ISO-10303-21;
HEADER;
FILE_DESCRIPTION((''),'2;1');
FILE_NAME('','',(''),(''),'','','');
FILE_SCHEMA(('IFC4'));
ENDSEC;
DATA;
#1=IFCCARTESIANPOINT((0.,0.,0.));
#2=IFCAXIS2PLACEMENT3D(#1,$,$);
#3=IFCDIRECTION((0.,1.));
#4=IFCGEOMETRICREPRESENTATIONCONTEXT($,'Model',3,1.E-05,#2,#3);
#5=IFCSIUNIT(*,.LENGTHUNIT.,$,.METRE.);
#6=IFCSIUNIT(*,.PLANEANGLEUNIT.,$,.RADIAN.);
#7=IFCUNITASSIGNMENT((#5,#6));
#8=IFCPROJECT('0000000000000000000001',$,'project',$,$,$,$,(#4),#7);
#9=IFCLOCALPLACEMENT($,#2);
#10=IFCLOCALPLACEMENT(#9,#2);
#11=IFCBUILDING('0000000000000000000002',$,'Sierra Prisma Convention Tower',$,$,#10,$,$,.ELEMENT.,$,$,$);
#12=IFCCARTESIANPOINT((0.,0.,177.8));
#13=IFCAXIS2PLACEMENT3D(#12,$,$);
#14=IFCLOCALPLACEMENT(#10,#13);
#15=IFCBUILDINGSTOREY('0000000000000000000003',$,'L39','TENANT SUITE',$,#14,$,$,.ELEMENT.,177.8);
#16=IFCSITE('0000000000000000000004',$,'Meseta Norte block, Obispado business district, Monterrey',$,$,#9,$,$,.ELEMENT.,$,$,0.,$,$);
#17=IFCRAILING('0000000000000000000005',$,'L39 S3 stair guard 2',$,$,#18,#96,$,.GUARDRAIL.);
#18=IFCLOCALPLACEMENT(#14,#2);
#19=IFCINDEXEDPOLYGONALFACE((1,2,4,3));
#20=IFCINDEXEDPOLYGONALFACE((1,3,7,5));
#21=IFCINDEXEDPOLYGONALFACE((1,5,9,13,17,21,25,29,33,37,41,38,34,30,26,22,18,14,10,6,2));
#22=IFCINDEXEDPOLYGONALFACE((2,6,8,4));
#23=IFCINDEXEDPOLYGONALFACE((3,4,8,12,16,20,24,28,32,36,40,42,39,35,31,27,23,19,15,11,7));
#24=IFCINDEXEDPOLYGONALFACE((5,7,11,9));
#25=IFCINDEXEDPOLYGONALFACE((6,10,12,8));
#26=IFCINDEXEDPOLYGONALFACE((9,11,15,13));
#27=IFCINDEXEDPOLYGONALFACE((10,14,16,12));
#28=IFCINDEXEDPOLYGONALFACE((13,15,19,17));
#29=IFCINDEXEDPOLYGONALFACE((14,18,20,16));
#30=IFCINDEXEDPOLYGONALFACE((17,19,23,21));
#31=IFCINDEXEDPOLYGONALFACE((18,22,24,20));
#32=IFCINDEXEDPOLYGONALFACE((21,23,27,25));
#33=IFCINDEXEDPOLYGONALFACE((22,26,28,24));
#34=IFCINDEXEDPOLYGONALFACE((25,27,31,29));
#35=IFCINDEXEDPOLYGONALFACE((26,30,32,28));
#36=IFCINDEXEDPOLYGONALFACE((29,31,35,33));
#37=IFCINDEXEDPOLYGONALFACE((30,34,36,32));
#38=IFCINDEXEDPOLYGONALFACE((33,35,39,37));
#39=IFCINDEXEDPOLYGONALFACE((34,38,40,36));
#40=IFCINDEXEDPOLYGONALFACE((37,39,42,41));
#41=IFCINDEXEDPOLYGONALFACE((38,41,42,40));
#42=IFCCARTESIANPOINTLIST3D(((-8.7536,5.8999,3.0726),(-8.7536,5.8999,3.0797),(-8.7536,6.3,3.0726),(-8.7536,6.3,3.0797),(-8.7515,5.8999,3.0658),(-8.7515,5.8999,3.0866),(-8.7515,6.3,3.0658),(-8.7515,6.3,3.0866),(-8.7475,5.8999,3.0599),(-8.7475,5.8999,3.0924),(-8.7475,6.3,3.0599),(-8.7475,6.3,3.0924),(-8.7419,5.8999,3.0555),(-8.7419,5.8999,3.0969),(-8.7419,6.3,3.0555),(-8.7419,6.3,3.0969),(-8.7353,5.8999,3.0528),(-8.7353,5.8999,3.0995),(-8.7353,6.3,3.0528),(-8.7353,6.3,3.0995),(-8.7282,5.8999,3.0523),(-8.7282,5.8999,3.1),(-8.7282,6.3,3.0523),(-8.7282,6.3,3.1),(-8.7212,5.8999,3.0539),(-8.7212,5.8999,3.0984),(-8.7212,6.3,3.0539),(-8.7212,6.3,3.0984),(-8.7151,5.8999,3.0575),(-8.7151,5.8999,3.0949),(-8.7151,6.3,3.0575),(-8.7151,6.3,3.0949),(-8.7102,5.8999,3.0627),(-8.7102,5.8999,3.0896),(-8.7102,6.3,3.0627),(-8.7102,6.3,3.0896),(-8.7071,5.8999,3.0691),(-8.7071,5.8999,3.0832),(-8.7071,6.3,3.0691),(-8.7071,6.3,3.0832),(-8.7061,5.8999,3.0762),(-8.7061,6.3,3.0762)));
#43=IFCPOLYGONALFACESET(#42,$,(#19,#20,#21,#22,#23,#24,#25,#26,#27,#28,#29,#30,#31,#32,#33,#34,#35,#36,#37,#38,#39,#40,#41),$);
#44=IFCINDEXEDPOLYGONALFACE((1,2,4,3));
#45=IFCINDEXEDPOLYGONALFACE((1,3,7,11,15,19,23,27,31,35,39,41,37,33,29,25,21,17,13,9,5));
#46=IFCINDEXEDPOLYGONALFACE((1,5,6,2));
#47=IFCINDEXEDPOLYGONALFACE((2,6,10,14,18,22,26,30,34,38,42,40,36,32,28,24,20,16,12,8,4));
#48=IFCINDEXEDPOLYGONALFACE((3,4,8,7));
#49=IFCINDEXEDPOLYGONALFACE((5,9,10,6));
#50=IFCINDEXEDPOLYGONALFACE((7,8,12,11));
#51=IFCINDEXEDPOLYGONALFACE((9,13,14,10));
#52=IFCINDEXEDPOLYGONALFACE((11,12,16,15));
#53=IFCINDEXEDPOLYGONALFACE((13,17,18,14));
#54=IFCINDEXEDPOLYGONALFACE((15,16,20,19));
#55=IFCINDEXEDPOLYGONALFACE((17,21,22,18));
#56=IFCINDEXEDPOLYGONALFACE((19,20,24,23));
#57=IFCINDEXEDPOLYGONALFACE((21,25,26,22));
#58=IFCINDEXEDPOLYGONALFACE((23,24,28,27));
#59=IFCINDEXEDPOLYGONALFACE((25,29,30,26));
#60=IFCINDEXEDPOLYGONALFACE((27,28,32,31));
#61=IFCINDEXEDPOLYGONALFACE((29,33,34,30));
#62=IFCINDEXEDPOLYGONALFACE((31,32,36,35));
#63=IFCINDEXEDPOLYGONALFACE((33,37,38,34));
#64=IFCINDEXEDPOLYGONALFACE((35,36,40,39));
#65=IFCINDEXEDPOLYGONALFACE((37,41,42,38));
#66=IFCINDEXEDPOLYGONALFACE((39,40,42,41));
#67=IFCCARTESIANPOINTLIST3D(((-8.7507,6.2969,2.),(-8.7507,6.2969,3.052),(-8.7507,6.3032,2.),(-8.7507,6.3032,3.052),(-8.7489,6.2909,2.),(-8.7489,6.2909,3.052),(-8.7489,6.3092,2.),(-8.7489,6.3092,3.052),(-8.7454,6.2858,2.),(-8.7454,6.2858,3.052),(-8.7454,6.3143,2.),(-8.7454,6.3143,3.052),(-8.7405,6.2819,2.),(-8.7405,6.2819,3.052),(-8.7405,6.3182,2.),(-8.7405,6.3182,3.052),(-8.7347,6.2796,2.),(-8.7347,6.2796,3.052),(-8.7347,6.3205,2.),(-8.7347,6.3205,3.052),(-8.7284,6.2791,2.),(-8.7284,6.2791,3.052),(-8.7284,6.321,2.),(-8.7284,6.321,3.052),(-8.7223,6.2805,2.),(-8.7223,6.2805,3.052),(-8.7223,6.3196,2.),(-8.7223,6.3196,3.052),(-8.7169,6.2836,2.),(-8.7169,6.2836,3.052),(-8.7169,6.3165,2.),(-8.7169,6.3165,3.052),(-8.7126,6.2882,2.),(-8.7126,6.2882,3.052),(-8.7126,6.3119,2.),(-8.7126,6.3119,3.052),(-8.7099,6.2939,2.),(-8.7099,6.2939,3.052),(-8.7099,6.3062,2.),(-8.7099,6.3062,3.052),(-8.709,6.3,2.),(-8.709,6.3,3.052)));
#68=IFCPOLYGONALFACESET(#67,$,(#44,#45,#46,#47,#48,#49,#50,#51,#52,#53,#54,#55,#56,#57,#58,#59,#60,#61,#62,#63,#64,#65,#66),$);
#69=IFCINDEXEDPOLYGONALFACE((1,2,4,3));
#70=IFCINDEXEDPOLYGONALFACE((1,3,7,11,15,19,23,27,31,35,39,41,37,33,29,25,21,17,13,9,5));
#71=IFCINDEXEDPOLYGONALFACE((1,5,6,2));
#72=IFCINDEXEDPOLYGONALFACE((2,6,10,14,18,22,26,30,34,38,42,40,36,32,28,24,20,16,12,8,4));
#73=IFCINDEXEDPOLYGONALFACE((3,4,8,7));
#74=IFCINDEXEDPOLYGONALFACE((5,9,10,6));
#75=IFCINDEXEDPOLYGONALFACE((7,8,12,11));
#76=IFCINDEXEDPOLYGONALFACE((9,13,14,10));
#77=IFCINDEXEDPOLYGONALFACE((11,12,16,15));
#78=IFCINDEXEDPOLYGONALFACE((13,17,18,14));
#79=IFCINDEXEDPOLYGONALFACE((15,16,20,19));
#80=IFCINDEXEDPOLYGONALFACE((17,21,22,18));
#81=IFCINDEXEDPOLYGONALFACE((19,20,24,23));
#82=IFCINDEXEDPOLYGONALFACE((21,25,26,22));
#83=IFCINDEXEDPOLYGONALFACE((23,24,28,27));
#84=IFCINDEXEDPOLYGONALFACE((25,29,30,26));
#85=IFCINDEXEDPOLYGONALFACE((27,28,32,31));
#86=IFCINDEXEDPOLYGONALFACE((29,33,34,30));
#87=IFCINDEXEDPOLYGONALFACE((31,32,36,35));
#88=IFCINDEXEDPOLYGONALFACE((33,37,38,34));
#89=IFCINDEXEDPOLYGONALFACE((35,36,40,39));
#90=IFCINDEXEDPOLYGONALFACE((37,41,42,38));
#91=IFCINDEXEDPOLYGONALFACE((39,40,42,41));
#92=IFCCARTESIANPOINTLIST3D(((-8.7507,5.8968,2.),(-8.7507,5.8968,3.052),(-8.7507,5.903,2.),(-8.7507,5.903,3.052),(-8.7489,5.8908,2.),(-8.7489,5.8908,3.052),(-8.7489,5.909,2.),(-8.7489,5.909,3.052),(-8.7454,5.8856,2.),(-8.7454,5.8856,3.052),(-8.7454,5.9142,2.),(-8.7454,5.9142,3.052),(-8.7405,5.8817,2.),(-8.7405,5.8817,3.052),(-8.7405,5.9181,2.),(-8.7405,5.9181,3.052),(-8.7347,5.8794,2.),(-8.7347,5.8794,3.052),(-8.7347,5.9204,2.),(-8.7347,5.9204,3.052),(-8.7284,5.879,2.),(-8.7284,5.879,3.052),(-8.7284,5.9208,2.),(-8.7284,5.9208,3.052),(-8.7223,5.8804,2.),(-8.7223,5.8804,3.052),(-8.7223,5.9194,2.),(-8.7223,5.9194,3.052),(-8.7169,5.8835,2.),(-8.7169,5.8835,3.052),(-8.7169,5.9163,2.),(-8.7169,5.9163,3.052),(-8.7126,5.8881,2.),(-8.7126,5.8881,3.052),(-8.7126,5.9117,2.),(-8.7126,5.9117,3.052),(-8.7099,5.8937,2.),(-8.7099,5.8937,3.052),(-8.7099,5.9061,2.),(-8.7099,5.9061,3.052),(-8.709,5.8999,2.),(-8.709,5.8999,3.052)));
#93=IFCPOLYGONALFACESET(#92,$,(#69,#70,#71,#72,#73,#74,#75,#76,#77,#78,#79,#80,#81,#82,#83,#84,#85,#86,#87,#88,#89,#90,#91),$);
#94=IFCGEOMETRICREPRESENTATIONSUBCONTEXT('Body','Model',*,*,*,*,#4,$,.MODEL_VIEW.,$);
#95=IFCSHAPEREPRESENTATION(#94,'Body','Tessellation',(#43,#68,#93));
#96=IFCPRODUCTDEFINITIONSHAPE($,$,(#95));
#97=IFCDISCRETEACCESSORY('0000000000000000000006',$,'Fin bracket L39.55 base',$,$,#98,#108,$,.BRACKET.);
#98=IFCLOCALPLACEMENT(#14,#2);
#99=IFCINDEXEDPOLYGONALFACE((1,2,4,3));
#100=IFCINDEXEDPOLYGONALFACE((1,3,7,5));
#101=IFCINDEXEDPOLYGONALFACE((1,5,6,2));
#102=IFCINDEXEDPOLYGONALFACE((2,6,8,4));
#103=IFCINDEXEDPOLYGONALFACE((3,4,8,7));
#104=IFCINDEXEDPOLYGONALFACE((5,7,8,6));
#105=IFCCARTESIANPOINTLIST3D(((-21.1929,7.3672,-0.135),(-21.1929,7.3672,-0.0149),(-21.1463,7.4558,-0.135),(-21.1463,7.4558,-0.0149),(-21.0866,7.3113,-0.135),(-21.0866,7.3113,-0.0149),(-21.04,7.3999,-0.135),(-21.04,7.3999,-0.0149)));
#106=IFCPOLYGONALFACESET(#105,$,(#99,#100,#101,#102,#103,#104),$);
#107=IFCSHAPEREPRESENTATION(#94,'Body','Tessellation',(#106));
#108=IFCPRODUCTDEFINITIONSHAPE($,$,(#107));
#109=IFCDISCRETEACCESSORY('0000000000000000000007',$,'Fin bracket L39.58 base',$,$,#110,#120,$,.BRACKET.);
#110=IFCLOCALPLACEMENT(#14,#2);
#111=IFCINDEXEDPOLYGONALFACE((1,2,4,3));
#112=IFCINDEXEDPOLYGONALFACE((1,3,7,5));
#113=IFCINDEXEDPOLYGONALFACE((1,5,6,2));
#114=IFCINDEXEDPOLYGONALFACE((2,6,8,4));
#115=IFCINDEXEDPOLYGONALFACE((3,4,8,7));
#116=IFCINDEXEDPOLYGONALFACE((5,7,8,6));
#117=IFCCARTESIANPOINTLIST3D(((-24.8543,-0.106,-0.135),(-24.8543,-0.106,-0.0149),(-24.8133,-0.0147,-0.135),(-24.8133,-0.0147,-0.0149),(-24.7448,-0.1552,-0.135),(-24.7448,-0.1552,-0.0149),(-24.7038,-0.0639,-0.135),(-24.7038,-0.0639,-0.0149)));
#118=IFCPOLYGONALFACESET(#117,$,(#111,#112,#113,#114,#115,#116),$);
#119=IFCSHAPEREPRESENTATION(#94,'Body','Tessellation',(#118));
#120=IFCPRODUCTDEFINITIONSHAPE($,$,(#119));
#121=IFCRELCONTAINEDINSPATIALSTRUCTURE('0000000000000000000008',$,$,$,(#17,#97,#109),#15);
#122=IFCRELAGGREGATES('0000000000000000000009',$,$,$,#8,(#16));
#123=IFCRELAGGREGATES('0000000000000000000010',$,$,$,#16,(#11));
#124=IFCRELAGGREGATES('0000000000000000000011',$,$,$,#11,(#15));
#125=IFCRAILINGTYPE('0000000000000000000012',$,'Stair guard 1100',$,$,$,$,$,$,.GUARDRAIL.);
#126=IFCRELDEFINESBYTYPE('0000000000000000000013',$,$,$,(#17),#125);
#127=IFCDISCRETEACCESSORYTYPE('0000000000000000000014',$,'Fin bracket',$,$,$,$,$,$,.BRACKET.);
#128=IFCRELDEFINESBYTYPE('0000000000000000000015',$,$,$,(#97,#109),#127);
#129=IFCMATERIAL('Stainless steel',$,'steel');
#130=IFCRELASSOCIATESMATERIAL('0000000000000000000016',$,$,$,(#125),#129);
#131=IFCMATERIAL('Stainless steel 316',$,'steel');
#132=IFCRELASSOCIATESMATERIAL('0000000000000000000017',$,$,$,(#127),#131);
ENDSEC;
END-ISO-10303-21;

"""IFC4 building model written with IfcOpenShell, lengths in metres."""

from ifc_helpers import new_model, si_unit, direction, frame, origin, origin_2d, place, context, subcontext, project, spatial, rectangle, circle, extrude, material, type_object, element, save


model = new_model("IFC4")

# Units and contexts
model_context = context("Model", 3, precision=1e-05, world=origin(), true_north=direction((0.0, 1.0)))
body_context = subcontext(model_context, "Body", "Model", "MODEL_VIEW")
ifc_project = project(units=[si_unit("LENGTHUNIT", "METRE"), si_unit("PLANEANGLEUNIT", "RADIAN")], contexts=[model_context])

# Site, building, storey
site_placement = place(None, origin())
site = spatial("IfcSite", under=ifc_project, at=site_placement, Name="Meseta Norte block, Obispado business district, Monterrey", CompositionType="ELEMENT", RefElevation=0.0)
building_placement = place(site_placement, origin())
building = spatial("IfcBuilding", under=site, at=building_placement, Name="Sierra Prisma Convention Tower", CompositionType="ELEMENT")
storey_placement = place(building_placement, frame((0.0, 0.0, 177.8)))
storey = spatial("IfcBuildingStorey", under=building, at=storey_placement, Name="L39", Description="TENANT SUITE", CompositionType="ELEMENT", Elevation=177.8)

# Railing
ifc_material_1 = material(Name="Stainless steel", Category="steel")
railing_type_1 = type_object("IfcRailingType", Name="Stair guard 1100", PredefinedType="GUARDRAIL", material=ifc_material_1)
railing_1_placement = place(storey_placement, frame((-8.73, 6.3, 2.0)))
element("IfcRailing", 1, at=railing_1_placement, inside=storey, type_object=railing_type_1, Name="L39 S3 stair guard 2", PredefinedType="GUARDRAIL", context=body_context, shape_type="SweptSolid", body=[
    extrude(circle(Radius=0.0239, at=origin_2d()), frame((0.0, 0.0, 1.0762), z_axis=(0.0, -1.0, 0.0), x_axis=(1.0, 0.0, 0.0)), (0.0, 0.0, 1.0), 0.4001),
    extrude(circle(Radius=0.021, at=origin_2d()), origin(), (0.0, 0.0, 1.0), 1.052),
    extrude(circle(Radius=0.021, at=origin_2d()), frame((0.0, -0.4001, 0.0)), (0.0, 0.0, 1.0), 1.052),
])

# Discrete accessories
ifc_material_2 = material(Name="Stainless steel 316", Category="steel")
discrete_accessory_type = type_object("IfcDiscreteAccessoryType", Name="Fin bracket", PredefinedType="BRACKET", material=ifc_material_2)
for number, where, z_axis, x_axis, name in (
    (2, (-21.1165, 7.3835, -0.135), (0.0, 0.0, 1.0), (-0.884847, 0.465882, 0.0), "Fin bracket L39.55 base"),
    (3, (-24.7791, -0.085, -0.135), (0.0, 0.0, 1.0), (-0.912156, 0.409843, 0.0), "Fin bracket L39.58 base"),
):
    element("IfcDiscreteAccessory", number, at=place(storey_placement, frame(where, z_axis=z_axis, x_axis=x_axis)), inside=storey, type_object=discrete_accessory_type, Name=name, PredefinedType="BRACKET", context=body_context, shape_type="SweptSolid", body=[
        extrude(rectangle(XDim=0.1201, YDim=0.1001, at=origin_2d()), origin(), (0.0, 0.0, 1.0), 0.1201),
    ])

save(model, "model.ifc")
